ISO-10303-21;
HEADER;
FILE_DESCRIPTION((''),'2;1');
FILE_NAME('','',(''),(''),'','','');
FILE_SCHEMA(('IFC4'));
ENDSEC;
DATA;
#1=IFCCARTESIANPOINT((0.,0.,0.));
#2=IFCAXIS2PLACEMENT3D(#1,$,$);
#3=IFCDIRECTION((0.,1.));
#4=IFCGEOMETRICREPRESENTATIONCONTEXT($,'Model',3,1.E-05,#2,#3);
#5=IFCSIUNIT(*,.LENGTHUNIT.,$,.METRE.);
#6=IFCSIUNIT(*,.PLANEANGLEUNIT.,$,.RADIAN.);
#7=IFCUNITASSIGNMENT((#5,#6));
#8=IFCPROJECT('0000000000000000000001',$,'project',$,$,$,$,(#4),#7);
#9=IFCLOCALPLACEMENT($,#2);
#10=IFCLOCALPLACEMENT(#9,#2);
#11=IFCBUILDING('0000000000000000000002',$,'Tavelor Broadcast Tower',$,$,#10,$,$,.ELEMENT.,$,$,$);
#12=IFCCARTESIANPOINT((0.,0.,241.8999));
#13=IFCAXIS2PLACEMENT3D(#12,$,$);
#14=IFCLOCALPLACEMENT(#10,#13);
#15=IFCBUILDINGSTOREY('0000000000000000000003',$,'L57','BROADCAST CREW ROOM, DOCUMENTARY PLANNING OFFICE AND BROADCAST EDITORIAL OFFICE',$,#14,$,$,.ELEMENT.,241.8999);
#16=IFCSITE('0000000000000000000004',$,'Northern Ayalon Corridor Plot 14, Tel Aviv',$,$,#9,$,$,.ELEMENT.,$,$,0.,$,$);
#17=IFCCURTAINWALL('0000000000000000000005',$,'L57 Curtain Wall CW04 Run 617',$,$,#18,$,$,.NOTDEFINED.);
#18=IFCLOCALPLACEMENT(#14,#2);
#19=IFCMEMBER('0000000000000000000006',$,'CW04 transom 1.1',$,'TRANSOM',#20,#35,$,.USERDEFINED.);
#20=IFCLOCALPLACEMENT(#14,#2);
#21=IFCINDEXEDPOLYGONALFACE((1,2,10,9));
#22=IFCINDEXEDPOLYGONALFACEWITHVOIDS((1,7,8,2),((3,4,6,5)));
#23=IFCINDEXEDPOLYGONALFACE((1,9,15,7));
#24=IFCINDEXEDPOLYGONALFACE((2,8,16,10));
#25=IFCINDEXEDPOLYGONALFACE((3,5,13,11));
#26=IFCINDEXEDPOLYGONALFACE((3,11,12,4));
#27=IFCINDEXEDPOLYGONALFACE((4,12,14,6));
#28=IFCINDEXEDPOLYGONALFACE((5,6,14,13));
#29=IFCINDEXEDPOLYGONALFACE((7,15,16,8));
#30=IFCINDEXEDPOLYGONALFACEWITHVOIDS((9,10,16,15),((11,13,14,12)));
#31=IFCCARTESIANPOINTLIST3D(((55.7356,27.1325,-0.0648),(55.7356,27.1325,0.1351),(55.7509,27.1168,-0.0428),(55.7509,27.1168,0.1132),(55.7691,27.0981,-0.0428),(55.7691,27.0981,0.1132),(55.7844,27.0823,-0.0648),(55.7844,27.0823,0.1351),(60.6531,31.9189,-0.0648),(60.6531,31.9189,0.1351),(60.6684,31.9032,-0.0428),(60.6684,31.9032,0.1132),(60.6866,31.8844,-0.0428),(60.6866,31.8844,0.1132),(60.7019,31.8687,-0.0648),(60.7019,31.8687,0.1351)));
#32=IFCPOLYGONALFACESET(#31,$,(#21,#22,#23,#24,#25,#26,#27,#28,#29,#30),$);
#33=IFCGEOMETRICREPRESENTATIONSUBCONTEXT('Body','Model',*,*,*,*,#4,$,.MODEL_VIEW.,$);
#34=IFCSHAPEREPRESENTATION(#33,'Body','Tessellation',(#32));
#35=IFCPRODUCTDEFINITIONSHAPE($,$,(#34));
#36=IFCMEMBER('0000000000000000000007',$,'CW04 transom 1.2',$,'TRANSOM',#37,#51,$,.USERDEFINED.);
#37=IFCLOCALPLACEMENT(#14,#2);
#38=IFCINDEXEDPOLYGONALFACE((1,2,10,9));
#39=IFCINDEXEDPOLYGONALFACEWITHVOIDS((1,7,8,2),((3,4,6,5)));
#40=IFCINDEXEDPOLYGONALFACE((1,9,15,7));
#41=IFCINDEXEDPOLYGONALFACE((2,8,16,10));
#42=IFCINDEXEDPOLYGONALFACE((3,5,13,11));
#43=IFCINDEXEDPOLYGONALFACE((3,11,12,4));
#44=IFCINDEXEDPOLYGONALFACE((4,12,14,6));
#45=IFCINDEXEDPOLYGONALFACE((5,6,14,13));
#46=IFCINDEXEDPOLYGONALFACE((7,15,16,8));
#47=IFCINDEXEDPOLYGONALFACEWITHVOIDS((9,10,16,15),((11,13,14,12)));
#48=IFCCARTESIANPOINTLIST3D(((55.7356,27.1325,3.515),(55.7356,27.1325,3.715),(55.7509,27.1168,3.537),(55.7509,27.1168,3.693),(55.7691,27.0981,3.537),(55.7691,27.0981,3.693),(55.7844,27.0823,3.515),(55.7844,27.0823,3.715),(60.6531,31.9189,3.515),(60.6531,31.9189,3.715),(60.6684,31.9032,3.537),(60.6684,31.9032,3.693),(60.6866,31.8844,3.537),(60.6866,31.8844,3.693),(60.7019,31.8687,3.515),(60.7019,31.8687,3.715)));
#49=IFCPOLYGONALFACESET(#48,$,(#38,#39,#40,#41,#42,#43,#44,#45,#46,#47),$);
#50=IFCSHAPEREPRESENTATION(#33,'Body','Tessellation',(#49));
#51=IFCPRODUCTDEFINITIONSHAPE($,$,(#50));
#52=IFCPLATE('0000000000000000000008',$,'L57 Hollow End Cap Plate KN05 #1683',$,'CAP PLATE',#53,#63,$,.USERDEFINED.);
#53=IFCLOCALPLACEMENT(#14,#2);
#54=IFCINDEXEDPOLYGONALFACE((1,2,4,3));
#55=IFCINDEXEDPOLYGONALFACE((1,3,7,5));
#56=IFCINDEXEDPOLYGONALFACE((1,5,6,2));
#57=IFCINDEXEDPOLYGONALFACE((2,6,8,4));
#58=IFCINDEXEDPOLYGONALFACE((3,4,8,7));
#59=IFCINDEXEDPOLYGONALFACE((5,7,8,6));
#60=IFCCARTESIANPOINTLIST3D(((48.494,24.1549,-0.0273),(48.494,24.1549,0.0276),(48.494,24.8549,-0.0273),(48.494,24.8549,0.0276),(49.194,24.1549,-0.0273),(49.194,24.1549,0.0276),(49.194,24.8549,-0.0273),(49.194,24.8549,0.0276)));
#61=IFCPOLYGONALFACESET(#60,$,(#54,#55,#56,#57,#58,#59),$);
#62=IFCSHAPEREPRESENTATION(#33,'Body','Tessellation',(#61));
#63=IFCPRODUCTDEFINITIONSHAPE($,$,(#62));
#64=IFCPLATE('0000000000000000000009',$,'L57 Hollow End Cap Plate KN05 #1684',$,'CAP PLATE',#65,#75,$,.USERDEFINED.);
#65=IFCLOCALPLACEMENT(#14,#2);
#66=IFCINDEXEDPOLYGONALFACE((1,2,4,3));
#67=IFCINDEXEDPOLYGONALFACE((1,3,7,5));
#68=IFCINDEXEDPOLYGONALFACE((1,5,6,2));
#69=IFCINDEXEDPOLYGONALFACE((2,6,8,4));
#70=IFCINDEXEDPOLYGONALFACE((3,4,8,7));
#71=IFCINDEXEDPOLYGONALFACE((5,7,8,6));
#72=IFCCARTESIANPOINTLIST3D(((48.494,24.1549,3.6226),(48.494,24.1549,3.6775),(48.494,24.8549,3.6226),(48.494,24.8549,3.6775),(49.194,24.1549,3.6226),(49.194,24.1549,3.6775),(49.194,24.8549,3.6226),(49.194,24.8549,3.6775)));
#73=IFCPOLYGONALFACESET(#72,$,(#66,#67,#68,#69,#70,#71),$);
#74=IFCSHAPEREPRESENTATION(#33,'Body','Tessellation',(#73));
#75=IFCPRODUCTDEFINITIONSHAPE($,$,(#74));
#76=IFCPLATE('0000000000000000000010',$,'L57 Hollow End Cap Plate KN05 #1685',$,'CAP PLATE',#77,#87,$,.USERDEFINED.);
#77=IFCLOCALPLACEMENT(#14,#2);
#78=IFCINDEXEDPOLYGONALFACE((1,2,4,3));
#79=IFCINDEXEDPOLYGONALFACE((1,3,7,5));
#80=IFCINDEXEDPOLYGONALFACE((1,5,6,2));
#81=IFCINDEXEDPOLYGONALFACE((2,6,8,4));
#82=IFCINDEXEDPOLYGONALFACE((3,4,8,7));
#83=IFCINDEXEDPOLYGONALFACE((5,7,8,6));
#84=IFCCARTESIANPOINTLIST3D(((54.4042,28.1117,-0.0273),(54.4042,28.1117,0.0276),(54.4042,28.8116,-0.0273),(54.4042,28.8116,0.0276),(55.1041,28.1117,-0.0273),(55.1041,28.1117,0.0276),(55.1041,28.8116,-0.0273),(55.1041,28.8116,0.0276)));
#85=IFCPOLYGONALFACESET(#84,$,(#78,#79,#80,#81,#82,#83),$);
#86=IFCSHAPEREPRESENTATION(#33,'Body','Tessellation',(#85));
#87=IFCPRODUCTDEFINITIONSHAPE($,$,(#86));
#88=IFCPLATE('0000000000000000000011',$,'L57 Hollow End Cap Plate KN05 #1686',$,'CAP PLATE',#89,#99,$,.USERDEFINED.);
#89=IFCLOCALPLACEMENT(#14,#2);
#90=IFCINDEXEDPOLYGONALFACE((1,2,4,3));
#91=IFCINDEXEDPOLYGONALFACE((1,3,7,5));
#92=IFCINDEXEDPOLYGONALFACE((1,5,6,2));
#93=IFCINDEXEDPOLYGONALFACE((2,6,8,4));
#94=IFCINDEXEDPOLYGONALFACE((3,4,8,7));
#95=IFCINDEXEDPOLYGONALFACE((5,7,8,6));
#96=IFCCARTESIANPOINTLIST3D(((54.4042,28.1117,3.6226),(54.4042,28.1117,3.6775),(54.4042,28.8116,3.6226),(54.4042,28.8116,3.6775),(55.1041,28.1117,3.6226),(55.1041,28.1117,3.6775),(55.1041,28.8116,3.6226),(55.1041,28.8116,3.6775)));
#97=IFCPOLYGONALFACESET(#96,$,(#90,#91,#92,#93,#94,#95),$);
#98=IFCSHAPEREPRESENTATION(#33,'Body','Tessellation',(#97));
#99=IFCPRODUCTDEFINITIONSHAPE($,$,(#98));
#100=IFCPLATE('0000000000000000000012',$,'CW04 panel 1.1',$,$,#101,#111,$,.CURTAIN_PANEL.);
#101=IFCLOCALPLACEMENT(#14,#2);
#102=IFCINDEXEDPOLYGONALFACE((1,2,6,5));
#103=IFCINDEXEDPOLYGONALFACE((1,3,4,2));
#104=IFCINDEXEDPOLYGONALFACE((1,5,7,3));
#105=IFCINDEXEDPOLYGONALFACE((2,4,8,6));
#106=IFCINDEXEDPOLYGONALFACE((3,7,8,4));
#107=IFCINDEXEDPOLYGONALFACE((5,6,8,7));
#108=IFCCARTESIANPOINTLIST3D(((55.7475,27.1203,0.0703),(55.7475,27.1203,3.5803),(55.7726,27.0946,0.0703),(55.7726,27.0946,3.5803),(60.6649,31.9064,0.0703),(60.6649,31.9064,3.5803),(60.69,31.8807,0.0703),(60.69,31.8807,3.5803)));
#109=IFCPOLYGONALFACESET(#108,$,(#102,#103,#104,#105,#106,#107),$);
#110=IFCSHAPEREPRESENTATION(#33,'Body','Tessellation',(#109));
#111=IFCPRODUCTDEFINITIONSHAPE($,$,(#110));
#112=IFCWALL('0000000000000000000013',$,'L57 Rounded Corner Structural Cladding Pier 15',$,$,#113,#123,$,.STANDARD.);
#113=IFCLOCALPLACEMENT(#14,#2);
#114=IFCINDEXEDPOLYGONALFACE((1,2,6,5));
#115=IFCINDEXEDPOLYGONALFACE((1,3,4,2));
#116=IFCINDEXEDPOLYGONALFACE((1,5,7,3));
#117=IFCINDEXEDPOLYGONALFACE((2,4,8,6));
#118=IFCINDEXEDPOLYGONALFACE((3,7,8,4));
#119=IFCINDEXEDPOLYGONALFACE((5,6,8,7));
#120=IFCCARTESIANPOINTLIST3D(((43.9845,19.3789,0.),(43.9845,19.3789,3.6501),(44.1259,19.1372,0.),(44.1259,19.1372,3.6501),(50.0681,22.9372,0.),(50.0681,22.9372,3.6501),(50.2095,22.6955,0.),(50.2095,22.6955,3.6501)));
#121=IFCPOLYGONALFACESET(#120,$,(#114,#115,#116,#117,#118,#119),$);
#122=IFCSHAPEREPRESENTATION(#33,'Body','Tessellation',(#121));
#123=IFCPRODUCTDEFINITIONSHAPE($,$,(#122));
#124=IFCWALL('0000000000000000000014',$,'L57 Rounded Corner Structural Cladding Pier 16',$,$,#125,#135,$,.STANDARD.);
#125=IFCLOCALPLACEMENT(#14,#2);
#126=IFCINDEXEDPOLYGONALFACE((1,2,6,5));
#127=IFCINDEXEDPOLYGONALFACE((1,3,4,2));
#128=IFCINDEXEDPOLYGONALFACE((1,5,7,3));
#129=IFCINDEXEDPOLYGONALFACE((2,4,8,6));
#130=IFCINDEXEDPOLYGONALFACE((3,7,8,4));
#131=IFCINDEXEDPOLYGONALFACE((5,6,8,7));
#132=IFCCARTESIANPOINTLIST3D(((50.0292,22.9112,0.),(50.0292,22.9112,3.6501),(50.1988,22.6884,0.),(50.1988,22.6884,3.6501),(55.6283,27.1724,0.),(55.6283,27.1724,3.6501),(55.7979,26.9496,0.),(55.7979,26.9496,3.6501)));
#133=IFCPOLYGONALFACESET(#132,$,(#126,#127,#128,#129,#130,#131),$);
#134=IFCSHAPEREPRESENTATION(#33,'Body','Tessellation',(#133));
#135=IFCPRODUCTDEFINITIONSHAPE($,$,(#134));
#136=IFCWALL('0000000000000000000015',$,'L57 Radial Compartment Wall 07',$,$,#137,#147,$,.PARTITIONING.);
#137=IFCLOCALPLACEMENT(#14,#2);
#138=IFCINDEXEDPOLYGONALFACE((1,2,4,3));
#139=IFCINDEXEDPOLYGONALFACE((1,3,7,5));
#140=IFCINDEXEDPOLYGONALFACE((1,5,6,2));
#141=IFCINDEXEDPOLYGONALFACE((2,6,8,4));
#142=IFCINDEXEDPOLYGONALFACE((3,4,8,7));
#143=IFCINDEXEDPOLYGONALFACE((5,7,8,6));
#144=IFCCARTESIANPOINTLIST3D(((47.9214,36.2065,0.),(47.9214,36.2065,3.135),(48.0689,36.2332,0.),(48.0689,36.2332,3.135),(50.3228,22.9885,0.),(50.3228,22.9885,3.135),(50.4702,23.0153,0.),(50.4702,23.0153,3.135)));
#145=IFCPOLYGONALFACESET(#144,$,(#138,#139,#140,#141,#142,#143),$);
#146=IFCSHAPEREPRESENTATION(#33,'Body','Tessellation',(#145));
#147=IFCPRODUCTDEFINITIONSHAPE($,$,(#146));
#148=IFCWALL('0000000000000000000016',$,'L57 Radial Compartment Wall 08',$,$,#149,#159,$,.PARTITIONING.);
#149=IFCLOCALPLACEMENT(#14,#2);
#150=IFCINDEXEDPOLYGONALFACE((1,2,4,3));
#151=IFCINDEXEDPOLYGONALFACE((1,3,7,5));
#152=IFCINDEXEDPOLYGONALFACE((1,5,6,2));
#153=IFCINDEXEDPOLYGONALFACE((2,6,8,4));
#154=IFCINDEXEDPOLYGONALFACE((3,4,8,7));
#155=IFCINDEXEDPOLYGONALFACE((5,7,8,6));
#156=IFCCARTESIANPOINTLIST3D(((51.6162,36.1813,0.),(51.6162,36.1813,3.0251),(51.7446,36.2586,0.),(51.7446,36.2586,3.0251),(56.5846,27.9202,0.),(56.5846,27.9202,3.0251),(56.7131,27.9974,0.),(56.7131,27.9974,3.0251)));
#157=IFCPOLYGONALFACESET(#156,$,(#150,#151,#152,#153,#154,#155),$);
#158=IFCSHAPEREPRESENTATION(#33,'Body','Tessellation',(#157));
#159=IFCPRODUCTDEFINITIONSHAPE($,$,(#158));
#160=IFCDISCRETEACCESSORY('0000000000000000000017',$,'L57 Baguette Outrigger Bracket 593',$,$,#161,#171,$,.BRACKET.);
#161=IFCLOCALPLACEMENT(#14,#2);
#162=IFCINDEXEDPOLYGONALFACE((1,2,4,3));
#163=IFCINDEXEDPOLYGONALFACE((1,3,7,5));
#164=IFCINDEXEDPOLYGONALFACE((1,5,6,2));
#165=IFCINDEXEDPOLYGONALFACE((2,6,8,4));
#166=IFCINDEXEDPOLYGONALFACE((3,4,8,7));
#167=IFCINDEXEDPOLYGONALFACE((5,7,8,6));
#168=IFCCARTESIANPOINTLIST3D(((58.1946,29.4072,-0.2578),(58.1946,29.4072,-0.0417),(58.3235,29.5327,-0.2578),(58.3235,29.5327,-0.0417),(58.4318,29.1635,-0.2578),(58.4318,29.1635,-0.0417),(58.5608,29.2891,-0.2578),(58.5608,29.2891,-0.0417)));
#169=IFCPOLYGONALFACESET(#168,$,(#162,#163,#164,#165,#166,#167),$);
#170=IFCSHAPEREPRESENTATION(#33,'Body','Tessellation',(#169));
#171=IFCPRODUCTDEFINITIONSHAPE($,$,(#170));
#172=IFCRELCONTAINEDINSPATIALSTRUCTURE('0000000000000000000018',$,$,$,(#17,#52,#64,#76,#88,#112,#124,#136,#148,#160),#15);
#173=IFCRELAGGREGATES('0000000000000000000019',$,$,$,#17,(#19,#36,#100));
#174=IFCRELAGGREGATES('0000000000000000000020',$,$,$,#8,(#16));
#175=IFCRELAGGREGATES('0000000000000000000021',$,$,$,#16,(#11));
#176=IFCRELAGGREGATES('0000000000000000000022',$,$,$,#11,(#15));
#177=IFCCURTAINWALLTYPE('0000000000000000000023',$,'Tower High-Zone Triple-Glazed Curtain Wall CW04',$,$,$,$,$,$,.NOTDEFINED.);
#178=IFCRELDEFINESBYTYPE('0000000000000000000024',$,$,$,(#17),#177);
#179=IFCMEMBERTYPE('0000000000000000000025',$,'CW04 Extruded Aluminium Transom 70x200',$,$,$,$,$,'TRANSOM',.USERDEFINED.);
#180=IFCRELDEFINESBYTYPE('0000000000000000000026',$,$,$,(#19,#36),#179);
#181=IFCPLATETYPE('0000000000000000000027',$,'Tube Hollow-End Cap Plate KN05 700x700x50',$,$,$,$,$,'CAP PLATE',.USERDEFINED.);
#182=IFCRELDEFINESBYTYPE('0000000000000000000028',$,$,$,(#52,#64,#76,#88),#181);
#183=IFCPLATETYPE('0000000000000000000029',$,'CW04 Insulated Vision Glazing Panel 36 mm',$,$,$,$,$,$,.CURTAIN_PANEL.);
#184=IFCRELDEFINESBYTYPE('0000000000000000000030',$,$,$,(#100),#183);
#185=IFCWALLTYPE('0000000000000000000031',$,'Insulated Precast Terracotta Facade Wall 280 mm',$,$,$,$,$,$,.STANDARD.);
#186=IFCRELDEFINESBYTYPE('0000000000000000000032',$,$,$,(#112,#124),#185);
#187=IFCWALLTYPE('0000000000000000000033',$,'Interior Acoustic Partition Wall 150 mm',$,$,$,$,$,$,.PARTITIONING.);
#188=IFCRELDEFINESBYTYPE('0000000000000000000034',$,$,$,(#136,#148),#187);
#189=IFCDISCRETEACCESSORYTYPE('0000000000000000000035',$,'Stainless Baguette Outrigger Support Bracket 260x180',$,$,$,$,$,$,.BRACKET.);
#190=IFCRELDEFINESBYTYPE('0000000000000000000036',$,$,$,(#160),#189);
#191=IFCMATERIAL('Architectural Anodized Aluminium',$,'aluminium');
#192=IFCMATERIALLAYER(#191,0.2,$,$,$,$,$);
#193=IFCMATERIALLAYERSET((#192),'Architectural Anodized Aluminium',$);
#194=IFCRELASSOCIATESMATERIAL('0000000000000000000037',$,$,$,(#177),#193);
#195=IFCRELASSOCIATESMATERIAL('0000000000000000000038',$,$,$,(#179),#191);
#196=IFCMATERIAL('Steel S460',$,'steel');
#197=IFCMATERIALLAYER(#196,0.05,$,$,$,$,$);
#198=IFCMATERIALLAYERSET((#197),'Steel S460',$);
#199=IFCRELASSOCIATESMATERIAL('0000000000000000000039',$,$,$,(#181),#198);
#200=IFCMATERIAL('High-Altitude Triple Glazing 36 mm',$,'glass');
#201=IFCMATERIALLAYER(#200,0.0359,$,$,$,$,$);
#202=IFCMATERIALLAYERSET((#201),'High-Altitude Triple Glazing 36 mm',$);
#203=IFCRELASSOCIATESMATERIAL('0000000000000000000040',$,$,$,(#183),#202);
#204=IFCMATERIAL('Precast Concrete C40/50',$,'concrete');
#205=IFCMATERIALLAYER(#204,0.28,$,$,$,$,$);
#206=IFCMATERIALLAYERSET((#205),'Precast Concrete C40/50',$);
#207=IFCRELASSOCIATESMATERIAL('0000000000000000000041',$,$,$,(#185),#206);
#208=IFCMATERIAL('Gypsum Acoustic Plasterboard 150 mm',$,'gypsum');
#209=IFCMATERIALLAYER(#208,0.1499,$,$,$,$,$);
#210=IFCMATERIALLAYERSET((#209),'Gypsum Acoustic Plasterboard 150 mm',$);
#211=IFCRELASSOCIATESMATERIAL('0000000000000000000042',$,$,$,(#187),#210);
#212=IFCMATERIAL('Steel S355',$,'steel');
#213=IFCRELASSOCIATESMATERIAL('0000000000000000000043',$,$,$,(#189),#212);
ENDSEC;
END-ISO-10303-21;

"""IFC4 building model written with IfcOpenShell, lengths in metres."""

from ifc_helpers import new_model, si_unit, direction, frame, frame_2d, origin, origin_2d, place, context, subcontext, project, spatial, rectangle, hollow_rectangle, extrude, source, transform, mapped, material, layer, layer_set, material_profile, profile_set, type_object, type_shapes, element, aggregate, save


model = new_model("IFC4")

# Units and contexts
model_context = context("Model", 3, precision=1e-05, world=origin(), true_north=direction((0.0, 1.0)))
body_context = subcontext(model_context, "Body", "Model", "MODEL_VIEW")
ifc_project = project(units=[si_unit("LENGTHUNIT", "METRE"), si_unit("PLANEANGLEUNIT", "RADIAN")], contexts=[model_context])

# Site, building, storey
site_placement = place(None, origin())
site = spatial("IfcSite", under=ifc_project, at=site_placement, Name="Northern Ayalon Corridor Plot 14, Tel Aviv", CompositionType="ELEMENT", RefElevation=0.0)
building_placement = place(site_placement, origin())
building = spatial("IfcBuilding", under=site, at=building_placement, Name="Tavelor Broadcast Tower", CompositionType="ELEMENT")
storey_placement = place(building_placement, frame((0.0, 0.0, 241.8999)))
storey = spatial("IfcBuildingStorey", under=building, at=storey_placement, Name="L57", Description="BROADCAST CREW ROOM, DOCUMENTARY PLANNING OFFICE AND BROADCAST EDITORIAL OFFICE", CompositionType="ELEMENT", Elevation=241.8999)

# Shared definitions
ifc_material_1 = material(Name="Steel S460", Category="steel")

# Shared definitions
ifc_material_2 = material(Name="Steel S355", Category="steel")

# Curtain wall, members
ifc_material_3 = material(Name="Architectural Anodized Aluminium", Category="aluminium")
ifc_layer_1 = layer(ifc_material_3, 0.2)
ifc_layer_set_1 = layer_set([ifc_layer_1], Name="Architectural Anodized Aluminium")
curtain_wall_type = type_object("IfcCurtainWallType", Name="Tower High-Zone Triple-Glazed Curtain Wall CW04", PredefinedType="NOTDEFINED", material=ifc_layer_set_1)
curtain_wall_placement = place(storey_placement, origin())
curtain_wall = element("IfcCurtainWall", 1, at=curtain_wall_placement, inside=storey, type_object=curtain_wall_type, Name="L57 Curtain Wall CW04 Run 617", PredefinedType="NOTDEFINED")
ifc_material_profile_1 = material_profile(ifc_material_3, hollow_rectangle(XDim=0.0701, YDim=0.2, WallThickness=0.022, at=origin_2d()), Name="RHS 70x200x22")
ifc_profile_set_1 = profile_set([ifc_material_profile_1], Name="Architectural Anodized Aluminium")
member_type_1 = type_object("IfcMemberType", Name="CW04 Extruded Aluminium Transom 70x200", ElementType="TRANSOM", PredefinedType="USERDEFINED", material=ifc_profile_set_1)
shared_shape_1 = source(origin(), body_context, "Body", "SweptSolid", [
    extrude(hollow_rectangle(XDim=0.0701, YDim=0.2, WallThickness=0.022, at=origin_2d()), origin(), (0.0, 0.0, 1.0), 6.8623),
])
type_shapes(member_type_1, [shared_shape_1])
member_1_placement = place(storey_placement, frame((55.76, 27.1074, 0.0352), z_axis=(0.716595, 0.69749, 0.0), x_axis=(-0.69749, 0.716595, 0.0)))
member_1 = element("IfcMember", 2, at=member_1_placement, type_object=member_type_1, Name="CW04 transom 1.1", ObjectType="TRANSOM", PredefinedType="USERDEFINED", context=body_context, shape_type="MappedRepresentation", body=[
    mapped(shared_shape_1, transform((0.0, 0.0, 0.0), scale=1.0)),
])
member_2_placement = place(storey_placement, frame((55.76, 27.1074, 3.615), z_axis=(0.716595, 0.69749, 0.0), x_axis=(-0.69749, 0.716595, 0.0)))
member_2 = element("IfcMember", 3, at=member_2_placement, type_object=member_type_1, Name="CW04 transom 1.2", ObjectType="TRANSOM", PredefinedType="USERDEFINED", context=body_context, shape_type="MappedRepresentation", body=[
    mapped(shared_shape_1, transform((0.0, 0.0, 0.0), scale=1.0)),
])

# Plates
ifc_layer_2 = layer(ifc_material_1, 0.05)
ifc_layer_set_2 = layer_set([ifc_layer_2], Name="Steel S460")
plate_type_1 = type_object("IfcPlateType", Name="Tube Hollow-End Cap Plate KN05 700x700x50", ElementType="CAP PLATE", PredefinedType="USERDEFINED", material=ifc_layer_set_2)
shared_shape_2 = source(origin(), body_context, "Body", "SweptSolid", [
    extrude(rectangle(XDim=0.7, YDim=0.7, at=origin_2d()), origin(), (0.0, 0.0, 1.0), 0.0549),
])
type_shapes(plate_type_1, [shared_shape_2])
for number, where, z_axis, x_axis, name in (
    (4, (48.844, 24.5049, -0.0273), (0.0, 0.0, 1.0), (1.0, 0.0, 0.0), "L57 Hollow End Cap Plate KN05 #1683"),
    (5, (48.844, 24.5049, 3.6226), (0.0, 0.0, 1.0), (1.0, 0.0, 0.0), "L57 Hollow End Cap Plate KN05 #1684"),
    (6, (54.7542, 28.4617, -0.0273), (0.0, 0.0, 1.0), (1.0, 0.0, 0.0), "L57 Hollow End Cap Plate KN05 #1685"),
    (7, (54.7542, 28.4617, 3.6226), (0.0, 0.0, 1.0), (1.0, 0.0, 0.0), "L57 Hollow End Cap Plate KN05 #1686"),
):
    element("IfcPlate", number, at=place(storey_placement, frame(where, z_axis=z_axis, x_axis=x_axis)), inside=storey, type_object=plate_type_1, Name=name, ObjectType="CAP PLATE", PredefinedType="USERDEFINED", context=body_context, shape_type="MappedRepresentation", body=[
        mapped(shared_shape_2, transform((0.0, 0.0, 0.0), scale=1.0)),
    ])

# Plate
ifc_material_4 = material(Name="High-Altitude Triple Glazing 36 mm", Category="glass")
ifc_layer_3 = layer(ifc_material_4, 0.0359)
ifc_layer_set_3 = layer_set([ifc_layer_3], Name="High-Altitude Triple Glazing 36 mm")
plate_type_2 = type_object("IfcPlateType", Name="CW04 Insulated Vision Glazing Panel 36 mm", PredefinedType="CURTAIN_PANEL", material=ifc_layer_set_3)
shared_shape_3 = source(origin(), body_context, "Body", "SweptSolid", [
    extrude(rectangle(XDim=6.8621, YDim=0.0359, at=origin_2d()), origin(), (0.0, 0.0, 1.0), 3.51),
])
type_shapes(plate_type_2, [shared_shape_3])
plate_placement = place(storey_placement, frame((58.2188, 29.5005, 0.0703), z_axis=(0.0, 0.0, 1.0), x_axis=(0.716611, 0.697474, 0.0)))
plate = element("IfcPlate", 8, at=plate_placement, type_object=plate_type_2, Name="CW04 panel 1.1", PredefinedType="CURTAIN_PANEL", context=body_context, shape_type="MappedRepresentation", body=[
    mapped(shared_shape_3, transform((0.0, 0.0, 0.0), scale=1.0)),
])
aggregate(curtain_wall, [member_1, member_2, plate])

# Walls
ifc_material_5 = material(Name="Precast Concrete C40/50", Category="concrete")
ifc_layer_4 = layer(ifc_material_5, 0.28)
ifc_layer_set_4 = layer_set([ifc_layer_4], Name="Precast Concrete C40/50")
wall_type_1 = type_object("IfcWallType", Name="Insulated Precast Terracotta Facade Wall 280 mm", PredefinedType="STANDARD", material=ifc_layer_set_4)
wall_1_placement = place(storey_placement, frame((44.0552, 19.2581, 0.0), z_axis=(0.0, 0.0, 1.0), x_axis=(0.863192, 0.504876, 0.0)))
element("IfcWall", 9, at=wall_1_placement, inside=storey, type_object=wall_type_1, Name="L57 Rounded Corner Structural Cladding Pier 15", PredefinedType="STANDARD", context=body_context, shape_type="SweptSolid", body=[
    extrude(rectangle(XDim=7.0479, YDim=0.28, at=frame_2d((3.5239, 0.0))), origin(), (0.0, 0.0, 1.0), 3.6501),
])
wall_2_placement = place(storey_placement, frame((50.114, 22.7998, 0.0), z_axis=(0.0, 0.0, 1.0), x_axis=(0.795758, 0.605615, 0.0)))
element("IfcWall", 10, at=wall_2_placement, inside=storey, type_object=wall_type_1, Name="L57 Rounded Corner Structural Cladding Pier 16", PredefinedType="STANDARD", context=body_context, shape_type="SweptSolid", body=[
    extrude(rectangle(XDim=7.0361, YDim=0.28, at=frame_2d((3.5181, 0.0))), origin(), (0.0, 0.0, 1.0), 3.6501),
])
ifc_material_6 = material(Name="Gypsum Acoustic Plasterboard 150 mm", Category="gypsum")
ifc_layer_5 = layer(ifc_material_6, 0.1499)
ifc_layer_set_5 = layer_set([ifc_layer_5], Name="Gypsum Acoustic Plasterboard 150 mm")
wall_type_2 = type_object("IfcWallType", Name="Interior Acoustic Partition Wall 150 mm", PredefinedType="PARTITIONING", material=ifc_layer_set_5)
wall_3_placement = place(storey_placement, frame((47.9951, 36.22, 0.0), z_axis=(0.0, 0.0, 1.0), x_axis=(0.178748, -0.983895, 0.0)))
element("IfcWall", 11, at=wall_3_placement, inside=storey, type_object=wall_type_2, Name="L57 Radial Compartment Wall 07", PredefinedType="PARTITIONING", context=body_context, shape_type="SweptSolid", body=[
    extrude(rectangle(XDim=13.4343, YDim=0.1499, at=frame_2d((6.7173, 0.0))), origin(), (0.0, 0.0, 1.0), 3.135),
])
wall_4_placement = place(storey_placement, frame((51.6804, 36.22, 0.0), z_axis=(0.0, 0.0, 1.0), x_axis=(0.515393, -0.856954, 0.0)))
element("IfcWall", 12, at=wall_4_placement, inside=storey, type_object=wall_type_2, Name="L57 Radial Compartment Wall 08", PredefinedType="PARTITIONING", context=body_context, shape_type="SweptSolid", body=[
    extrude(rectangle(XDim=9.6401, YDim=0.1499, at=frame_2d((4.8201, 0.0))), origin(), (0.0, 0.0, 1.0), 3.0251),
])

# Discrete accessory
discrete_accessory_type = type_object("IfcDiscreteAccessoryType", Name="Stainless Baguette Outrigger Support Bracket 260x180", PredefinedType="BRACKET", material=ifc_material_2)
shared_shape_4 = source(origin(), body_context, "Body", "SweptSolid", [
    extrude(rectangle(XDim=0.1799, YDim=0.3401, at=origin_2d()), origin(), (0.0, 0.0, 1.0), 0.2161),
])
type_shapes(discrete_accessory_type, [shared_shape_4])
discrete_accessory_placement = place(storey_placement, frame((58.3777, 29.3481, -0.2578), z_axis=(0.0, 0.0, 1.0), x_axis=(0.716545, 0.69754, 0.0)))
element("IfcDiscreteAccessory", 13, at=discrete_accessory_placement, inside=storey, type_object=discrete_accessory_type, Name="L57 Baguette Outrigger Bracket 593", PredefinedType="BRACKET", context=body_context, shape_type="MappedRepresentation", body=[
    mapped(shared_shape_4, transform((0.0, 0.0, 0.0), scale=1.0)),
])

save(model, "model.ifc")
